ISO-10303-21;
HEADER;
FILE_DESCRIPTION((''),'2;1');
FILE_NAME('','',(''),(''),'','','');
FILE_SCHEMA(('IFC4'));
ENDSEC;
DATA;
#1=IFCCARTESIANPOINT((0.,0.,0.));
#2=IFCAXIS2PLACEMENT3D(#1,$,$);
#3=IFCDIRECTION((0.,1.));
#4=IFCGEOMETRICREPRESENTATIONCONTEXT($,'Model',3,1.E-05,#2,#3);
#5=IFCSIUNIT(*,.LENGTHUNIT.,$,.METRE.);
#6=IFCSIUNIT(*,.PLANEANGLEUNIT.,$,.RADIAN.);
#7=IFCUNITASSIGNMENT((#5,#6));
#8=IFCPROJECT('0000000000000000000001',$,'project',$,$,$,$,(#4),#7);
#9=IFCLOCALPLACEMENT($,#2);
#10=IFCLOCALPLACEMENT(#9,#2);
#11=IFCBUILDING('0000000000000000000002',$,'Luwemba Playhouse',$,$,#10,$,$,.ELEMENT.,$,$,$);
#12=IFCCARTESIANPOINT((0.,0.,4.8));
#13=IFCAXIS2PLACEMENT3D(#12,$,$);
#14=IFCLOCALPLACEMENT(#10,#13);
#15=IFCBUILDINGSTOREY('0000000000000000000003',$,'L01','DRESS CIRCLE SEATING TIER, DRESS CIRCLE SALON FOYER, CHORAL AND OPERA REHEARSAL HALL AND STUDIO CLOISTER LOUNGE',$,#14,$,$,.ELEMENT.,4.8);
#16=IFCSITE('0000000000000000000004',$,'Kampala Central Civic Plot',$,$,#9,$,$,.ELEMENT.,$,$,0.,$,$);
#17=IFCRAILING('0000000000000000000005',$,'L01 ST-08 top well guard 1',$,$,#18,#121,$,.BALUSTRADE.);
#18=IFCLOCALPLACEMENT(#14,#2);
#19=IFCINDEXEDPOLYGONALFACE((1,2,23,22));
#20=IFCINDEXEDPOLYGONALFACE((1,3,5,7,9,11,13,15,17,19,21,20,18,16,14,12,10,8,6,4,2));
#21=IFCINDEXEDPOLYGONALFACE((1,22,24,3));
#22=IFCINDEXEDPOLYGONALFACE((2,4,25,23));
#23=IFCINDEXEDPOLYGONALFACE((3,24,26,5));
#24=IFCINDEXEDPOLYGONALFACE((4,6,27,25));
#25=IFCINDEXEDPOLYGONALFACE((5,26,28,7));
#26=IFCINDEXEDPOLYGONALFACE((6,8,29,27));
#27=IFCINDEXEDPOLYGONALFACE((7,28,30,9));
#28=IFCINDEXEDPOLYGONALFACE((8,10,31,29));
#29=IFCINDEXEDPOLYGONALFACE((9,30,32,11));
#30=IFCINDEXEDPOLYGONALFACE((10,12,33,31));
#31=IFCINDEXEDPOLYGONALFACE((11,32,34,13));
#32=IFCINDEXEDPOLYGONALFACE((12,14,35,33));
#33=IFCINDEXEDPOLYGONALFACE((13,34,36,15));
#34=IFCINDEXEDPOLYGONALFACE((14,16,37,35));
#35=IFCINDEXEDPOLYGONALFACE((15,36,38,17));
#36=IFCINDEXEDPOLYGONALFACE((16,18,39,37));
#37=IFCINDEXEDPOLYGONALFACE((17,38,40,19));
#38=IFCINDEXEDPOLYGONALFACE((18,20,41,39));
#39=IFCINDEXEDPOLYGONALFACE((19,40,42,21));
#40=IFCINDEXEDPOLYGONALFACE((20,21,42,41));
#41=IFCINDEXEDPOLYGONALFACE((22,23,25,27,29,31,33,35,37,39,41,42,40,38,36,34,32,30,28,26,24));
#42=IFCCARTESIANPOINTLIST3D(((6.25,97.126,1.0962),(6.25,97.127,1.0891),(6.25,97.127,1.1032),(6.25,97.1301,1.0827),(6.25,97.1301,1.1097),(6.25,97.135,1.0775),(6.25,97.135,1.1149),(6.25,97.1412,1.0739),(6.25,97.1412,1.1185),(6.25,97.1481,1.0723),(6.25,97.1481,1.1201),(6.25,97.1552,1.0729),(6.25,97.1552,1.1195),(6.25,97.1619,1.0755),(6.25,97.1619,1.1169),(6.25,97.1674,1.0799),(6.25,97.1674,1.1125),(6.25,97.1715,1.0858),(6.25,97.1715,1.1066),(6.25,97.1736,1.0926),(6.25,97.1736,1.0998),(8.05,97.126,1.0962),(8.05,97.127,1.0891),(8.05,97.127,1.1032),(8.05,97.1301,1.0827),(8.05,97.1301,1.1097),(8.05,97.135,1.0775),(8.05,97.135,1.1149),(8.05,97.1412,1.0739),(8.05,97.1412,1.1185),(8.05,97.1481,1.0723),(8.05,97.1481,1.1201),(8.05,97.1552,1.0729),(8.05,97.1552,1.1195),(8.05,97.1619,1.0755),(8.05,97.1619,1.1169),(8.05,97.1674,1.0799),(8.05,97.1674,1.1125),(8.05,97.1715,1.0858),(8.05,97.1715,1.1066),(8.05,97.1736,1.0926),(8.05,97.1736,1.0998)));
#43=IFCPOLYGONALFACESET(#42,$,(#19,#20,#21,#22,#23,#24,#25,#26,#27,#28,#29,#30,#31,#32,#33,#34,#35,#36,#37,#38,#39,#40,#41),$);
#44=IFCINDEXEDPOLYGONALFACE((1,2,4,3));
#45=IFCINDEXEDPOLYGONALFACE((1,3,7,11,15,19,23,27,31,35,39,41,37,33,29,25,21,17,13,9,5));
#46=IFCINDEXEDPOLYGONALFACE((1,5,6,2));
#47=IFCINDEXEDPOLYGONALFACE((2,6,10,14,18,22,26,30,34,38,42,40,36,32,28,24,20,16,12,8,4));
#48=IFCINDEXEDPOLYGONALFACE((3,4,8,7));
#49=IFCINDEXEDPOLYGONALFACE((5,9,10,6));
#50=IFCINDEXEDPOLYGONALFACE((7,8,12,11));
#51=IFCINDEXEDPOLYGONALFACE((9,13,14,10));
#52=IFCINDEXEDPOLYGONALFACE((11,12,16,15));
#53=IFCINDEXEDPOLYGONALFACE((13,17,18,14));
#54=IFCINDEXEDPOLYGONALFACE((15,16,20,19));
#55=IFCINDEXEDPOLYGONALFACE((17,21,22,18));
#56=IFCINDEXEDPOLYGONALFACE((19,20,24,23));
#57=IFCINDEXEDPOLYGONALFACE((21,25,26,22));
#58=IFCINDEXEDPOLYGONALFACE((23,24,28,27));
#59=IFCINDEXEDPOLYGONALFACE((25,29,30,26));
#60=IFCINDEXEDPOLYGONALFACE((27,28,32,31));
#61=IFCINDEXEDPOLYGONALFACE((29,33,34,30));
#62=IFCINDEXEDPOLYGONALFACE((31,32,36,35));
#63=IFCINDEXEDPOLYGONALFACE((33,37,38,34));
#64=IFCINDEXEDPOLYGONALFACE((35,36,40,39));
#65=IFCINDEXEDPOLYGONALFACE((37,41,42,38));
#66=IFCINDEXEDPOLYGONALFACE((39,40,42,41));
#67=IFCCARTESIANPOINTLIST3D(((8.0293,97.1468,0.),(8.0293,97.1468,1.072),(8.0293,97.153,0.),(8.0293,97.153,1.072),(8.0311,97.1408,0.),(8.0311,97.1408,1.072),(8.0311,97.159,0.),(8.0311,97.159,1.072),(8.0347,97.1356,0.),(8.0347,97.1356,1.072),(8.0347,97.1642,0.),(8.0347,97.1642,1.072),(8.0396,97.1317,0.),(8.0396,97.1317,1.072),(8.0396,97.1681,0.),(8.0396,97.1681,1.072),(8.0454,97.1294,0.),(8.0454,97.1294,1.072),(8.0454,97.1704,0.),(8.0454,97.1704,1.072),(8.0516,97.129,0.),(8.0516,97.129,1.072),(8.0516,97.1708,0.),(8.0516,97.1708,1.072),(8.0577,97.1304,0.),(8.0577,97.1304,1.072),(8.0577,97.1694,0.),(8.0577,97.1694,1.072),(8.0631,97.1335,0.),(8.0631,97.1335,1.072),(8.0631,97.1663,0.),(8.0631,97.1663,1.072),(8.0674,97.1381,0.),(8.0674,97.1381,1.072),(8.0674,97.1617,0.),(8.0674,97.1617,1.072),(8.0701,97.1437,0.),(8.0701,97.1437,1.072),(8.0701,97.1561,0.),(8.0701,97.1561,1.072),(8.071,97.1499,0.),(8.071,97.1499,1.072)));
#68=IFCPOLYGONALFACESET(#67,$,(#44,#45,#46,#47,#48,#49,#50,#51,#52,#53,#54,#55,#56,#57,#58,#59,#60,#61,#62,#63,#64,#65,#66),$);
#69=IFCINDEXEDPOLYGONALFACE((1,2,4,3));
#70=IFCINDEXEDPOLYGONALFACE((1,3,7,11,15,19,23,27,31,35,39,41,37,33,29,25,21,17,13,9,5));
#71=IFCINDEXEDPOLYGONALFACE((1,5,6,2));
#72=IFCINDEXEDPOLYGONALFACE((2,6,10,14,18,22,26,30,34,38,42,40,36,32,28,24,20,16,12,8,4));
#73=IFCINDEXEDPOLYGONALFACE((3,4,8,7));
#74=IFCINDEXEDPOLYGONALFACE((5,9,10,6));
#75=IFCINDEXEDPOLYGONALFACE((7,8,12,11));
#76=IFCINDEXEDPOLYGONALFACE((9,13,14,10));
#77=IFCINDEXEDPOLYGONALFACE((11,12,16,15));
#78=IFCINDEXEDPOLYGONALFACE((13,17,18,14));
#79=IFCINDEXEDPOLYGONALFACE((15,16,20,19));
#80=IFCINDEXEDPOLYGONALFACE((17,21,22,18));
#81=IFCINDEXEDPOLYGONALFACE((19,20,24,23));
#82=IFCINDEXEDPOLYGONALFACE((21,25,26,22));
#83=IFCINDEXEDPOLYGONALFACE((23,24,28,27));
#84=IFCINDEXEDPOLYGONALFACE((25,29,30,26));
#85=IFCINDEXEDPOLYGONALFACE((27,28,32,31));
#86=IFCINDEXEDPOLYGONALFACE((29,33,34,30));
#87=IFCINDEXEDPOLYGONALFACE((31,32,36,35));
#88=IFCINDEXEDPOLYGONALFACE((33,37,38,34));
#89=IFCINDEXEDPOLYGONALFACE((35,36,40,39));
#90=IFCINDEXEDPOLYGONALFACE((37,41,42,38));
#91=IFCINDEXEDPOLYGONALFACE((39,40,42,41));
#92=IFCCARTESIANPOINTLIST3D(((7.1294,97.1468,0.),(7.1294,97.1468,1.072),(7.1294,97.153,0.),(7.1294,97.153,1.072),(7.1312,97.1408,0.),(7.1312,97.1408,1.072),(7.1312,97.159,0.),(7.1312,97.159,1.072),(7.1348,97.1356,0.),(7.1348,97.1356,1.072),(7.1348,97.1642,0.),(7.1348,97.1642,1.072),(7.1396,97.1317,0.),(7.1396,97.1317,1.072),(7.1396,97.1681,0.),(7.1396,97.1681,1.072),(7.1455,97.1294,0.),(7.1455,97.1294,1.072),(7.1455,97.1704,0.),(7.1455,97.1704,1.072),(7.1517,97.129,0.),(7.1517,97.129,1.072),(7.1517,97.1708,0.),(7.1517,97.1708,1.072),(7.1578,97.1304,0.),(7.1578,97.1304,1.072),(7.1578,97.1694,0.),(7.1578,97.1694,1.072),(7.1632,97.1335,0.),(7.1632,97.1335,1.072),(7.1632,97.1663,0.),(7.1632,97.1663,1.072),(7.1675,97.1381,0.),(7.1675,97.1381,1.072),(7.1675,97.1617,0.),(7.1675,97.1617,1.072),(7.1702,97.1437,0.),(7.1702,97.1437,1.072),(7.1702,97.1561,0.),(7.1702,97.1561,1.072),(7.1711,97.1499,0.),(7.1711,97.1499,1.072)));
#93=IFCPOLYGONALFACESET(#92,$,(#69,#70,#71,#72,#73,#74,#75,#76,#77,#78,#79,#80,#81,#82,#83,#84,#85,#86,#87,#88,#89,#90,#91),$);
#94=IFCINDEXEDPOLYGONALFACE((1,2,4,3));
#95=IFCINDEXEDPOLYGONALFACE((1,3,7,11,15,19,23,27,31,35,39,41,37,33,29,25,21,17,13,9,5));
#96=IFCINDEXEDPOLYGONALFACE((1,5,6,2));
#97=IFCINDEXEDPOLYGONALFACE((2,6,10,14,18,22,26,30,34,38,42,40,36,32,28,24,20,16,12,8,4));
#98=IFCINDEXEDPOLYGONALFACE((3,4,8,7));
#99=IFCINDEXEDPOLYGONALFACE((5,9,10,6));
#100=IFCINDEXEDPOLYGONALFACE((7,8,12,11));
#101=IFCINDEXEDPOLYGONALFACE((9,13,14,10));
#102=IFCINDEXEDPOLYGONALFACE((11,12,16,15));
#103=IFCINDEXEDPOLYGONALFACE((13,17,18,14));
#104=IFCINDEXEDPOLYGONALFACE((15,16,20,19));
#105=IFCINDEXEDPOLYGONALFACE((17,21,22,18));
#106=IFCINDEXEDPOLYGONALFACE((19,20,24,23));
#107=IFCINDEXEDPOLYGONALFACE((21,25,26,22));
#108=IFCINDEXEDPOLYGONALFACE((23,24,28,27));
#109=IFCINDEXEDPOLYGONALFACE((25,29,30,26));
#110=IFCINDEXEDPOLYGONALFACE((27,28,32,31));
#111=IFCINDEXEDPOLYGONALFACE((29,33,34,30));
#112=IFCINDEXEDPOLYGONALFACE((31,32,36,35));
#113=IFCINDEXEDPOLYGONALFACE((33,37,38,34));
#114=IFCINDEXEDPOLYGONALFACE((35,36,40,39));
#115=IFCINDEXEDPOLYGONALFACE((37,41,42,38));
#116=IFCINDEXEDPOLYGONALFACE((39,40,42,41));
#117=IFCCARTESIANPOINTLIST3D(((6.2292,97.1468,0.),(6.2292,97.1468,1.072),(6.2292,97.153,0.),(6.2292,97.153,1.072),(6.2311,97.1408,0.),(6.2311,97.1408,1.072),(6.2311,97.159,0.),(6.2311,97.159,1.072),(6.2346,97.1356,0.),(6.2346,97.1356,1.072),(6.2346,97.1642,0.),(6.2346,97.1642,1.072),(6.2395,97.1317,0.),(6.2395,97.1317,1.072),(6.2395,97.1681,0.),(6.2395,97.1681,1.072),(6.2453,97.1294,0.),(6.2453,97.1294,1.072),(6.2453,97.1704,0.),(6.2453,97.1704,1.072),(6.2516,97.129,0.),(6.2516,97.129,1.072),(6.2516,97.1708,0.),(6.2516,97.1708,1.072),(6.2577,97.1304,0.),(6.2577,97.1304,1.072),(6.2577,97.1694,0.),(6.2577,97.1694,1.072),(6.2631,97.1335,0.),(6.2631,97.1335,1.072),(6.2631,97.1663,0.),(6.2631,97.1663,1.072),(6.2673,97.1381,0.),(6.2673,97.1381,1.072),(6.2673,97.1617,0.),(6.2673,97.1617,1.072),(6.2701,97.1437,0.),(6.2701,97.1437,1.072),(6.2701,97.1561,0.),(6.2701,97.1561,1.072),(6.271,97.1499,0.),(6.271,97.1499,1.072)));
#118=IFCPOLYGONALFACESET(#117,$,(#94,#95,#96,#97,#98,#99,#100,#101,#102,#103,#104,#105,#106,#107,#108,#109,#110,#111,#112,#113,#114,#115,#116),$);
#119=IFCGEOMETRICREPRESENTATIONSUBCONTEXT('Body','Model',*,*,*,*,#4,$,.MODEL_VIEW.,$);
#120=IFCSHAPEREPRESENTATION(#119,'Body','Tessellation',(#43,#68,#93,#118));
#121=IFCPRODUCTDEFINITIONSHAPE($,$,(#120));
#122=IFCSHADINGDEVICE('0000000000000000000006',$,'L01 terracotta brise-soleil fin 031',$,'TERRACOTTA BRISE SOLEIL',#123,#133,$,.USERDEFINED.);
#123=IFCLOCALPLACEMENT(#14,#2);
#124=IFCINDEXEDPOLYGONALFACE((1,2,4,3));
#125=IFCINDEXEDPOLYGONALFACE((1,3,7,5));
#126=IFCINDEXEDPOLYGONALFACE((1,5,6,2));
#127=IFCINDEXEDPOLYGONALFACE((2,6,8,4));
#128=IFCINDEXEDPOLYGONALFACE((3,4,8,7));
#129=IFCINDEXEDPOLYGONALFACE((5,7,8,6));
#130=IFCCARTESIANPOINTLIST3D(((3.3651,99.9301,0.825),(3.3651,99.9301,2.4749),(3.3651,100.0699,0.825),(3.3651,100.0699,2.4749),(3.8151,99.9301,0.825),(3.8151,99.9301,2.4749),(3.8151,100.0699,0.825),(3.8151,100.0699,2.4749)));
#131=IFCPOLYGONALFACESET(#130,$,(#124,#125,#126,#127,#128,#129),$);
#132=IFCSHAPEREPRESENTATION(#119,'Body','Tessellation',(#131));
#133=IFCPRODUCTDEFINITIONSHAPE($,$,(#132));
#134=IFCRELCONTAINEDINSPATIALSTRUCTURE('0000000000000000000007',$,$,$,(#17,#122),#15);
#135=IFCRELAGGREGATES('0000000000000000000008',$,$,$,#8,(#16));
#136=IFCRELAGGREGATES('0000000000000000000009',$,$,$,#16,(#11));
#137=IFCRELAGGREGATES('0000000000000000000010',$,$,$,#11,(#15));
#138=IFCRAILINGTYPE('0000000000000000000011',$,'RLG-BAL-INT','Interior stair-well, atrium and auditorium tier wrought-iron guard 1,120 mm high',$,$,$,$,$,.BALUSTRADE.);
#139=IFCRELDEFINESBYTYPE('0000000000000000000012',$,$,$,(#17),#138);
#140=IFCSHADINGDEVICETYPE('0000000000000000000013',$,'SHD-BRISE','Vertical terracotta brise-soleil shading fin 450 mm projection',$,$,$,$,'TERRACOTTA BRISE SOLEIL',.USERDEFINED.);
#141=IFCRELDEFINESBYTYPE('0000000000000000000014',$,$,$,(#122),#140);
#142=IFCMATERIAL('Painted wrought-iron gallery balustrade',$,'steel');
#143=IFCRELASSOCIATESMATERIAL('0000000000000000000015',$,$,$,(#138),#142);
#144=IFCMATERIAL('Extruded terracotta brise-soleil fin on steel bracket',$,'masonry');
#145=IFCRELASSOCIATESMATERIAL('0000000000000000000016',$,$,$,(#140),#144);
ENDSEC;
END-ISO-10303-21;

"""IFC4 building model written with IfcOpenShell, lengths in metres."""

from ifc_helpers import new_model, si_unit, direction, frame, origin, origin_2d, place, context, subcontext, project, spatial, rectangle, circle, extrude, material, type_object, element, save


model = new_model("IFC4")

# Units and contexts
model_context = context("Model", 3, precision=1e-05, world=origin(), true_north=direction((0.0, 1.0)))
body_context = subcontext(model_context, "Body", "Model", "MODEL_VIEW")
ifc_project = project(units=[si_unit("LENGTHUNIT", "METRE"), si_unit("PLANEANGLEUNIT", "RADIAN")], contexts=[model_context])

# Site, building, storey
site_placement = place(None, origin())
site = spatial("IfcSite", under=ifc_project, at=site_placement, Name="Kampala Central Civic Plot", CompositionType="ELEMENT", RefElevation=0.0)
building_placement = place(site_placement, origin())
building = spatial("IfcBuilding", under=site, at=building_placement, Name="Luwemba Playhouse", CompositionType="ELEMENT")
storey_placement = place(building_placement, frame((0.0, 0.0, 4.8)))
storey = spatial("IfcBuildingStorey", under=building, at=storey_placement, Name="L01", Description="DRESS CIRCLE SEATING TIER, DRESS CIRCLE SALON FOYER, CHORAL AND OPERA REHEARSAL HALL AND STUDIO CLOISTER LOUNGE", CompositionType="ELEMENT", Elevation=4.8)

# Railing
ifc_material_1 = material(Name="Painted wrought-iron gallery balustrade", Category="steel")
railing_type = type_object("IfcRailingType", Name="RLG-BAL-INT", Description="Interior stair-well, atrium and auditorium tier wrought-iron guard 1,120 mm high", PredefinedType="BALUSTRADE", material=ifc_material_1)
railing_placement = place(storey_placement, frame((8.05, 97.1499, 0.0)))
element("IfcRailing", 1, at=railing_placement, inside=storey, type_object=railing_type, Name="L01 ST-08 top well guard 1", PredefinedType="BALUSTRADE", context=body_context, shape_type="SweptSolid", body=[
    extrude(circle(Radius=0.0239, at=origin_2d()), frame((0.0, 0.0, 1.0962), z_axis=(-1.0, 0.0, 0.0), x_axis=(0.0, -1.0, 0.0)), (0.0, 0.0, 1.0), 1.8),
    extrude(circle(Radius=0.021, at=origin_2d()), origin(), (0.0, 0.0, 1.0), 1.072),
    extrude(circle(Radius=0.021, at=origin_2d()), frame((-0.8999, 0.0, 0.0)), (0.0, 0.0, 1.0), 1.072),
    extrude(circle(Radius=0.021, at=origin_2d()), frame((-1.8, 0.0, 0.0)), (0.0, 0.0, 1.0), 1.072),
])

# Shading device
ifc_material_2 = material(Name="Extruded terracotta brise-soleil fin on steel bracket", Category="masonry")
shading_device_type = type_object("IfcShadingDeviceType", Name="SHD-BRISE", Description="Vertical terracotta brise-soleil shading fin 450 mm projection", ElementType="TERRACOTTA BRISE SOLEIL", PredefinedType="USERDEFINED", material=ifc_material_2)
shading_device_placement = place(storey_placement, frame((3.5901, 100.0, 0.825), z_axis=(0.0, 0.0, 1.0), x_axis=(0.0, 1.0, 0.0)))
element("IfcShadingDevice", 2, at=shading_device_placement, inside=storey, type_object=shading_device_type, Name="L01 terracotta brise-soleil fin 031", ObjectType="TERRACOTTA BRISE SOLEIL", PredefinedType="USERDEFINED", context=body_context, shape_type="SweptSolid", body=[
    extrude(rectangle(XDim=0.1399, YDim=0.45, at=origin_2d()), origin(), (0.0, 0.0, 1.0), 1.6499),
])

save(model, "model.ifc")
